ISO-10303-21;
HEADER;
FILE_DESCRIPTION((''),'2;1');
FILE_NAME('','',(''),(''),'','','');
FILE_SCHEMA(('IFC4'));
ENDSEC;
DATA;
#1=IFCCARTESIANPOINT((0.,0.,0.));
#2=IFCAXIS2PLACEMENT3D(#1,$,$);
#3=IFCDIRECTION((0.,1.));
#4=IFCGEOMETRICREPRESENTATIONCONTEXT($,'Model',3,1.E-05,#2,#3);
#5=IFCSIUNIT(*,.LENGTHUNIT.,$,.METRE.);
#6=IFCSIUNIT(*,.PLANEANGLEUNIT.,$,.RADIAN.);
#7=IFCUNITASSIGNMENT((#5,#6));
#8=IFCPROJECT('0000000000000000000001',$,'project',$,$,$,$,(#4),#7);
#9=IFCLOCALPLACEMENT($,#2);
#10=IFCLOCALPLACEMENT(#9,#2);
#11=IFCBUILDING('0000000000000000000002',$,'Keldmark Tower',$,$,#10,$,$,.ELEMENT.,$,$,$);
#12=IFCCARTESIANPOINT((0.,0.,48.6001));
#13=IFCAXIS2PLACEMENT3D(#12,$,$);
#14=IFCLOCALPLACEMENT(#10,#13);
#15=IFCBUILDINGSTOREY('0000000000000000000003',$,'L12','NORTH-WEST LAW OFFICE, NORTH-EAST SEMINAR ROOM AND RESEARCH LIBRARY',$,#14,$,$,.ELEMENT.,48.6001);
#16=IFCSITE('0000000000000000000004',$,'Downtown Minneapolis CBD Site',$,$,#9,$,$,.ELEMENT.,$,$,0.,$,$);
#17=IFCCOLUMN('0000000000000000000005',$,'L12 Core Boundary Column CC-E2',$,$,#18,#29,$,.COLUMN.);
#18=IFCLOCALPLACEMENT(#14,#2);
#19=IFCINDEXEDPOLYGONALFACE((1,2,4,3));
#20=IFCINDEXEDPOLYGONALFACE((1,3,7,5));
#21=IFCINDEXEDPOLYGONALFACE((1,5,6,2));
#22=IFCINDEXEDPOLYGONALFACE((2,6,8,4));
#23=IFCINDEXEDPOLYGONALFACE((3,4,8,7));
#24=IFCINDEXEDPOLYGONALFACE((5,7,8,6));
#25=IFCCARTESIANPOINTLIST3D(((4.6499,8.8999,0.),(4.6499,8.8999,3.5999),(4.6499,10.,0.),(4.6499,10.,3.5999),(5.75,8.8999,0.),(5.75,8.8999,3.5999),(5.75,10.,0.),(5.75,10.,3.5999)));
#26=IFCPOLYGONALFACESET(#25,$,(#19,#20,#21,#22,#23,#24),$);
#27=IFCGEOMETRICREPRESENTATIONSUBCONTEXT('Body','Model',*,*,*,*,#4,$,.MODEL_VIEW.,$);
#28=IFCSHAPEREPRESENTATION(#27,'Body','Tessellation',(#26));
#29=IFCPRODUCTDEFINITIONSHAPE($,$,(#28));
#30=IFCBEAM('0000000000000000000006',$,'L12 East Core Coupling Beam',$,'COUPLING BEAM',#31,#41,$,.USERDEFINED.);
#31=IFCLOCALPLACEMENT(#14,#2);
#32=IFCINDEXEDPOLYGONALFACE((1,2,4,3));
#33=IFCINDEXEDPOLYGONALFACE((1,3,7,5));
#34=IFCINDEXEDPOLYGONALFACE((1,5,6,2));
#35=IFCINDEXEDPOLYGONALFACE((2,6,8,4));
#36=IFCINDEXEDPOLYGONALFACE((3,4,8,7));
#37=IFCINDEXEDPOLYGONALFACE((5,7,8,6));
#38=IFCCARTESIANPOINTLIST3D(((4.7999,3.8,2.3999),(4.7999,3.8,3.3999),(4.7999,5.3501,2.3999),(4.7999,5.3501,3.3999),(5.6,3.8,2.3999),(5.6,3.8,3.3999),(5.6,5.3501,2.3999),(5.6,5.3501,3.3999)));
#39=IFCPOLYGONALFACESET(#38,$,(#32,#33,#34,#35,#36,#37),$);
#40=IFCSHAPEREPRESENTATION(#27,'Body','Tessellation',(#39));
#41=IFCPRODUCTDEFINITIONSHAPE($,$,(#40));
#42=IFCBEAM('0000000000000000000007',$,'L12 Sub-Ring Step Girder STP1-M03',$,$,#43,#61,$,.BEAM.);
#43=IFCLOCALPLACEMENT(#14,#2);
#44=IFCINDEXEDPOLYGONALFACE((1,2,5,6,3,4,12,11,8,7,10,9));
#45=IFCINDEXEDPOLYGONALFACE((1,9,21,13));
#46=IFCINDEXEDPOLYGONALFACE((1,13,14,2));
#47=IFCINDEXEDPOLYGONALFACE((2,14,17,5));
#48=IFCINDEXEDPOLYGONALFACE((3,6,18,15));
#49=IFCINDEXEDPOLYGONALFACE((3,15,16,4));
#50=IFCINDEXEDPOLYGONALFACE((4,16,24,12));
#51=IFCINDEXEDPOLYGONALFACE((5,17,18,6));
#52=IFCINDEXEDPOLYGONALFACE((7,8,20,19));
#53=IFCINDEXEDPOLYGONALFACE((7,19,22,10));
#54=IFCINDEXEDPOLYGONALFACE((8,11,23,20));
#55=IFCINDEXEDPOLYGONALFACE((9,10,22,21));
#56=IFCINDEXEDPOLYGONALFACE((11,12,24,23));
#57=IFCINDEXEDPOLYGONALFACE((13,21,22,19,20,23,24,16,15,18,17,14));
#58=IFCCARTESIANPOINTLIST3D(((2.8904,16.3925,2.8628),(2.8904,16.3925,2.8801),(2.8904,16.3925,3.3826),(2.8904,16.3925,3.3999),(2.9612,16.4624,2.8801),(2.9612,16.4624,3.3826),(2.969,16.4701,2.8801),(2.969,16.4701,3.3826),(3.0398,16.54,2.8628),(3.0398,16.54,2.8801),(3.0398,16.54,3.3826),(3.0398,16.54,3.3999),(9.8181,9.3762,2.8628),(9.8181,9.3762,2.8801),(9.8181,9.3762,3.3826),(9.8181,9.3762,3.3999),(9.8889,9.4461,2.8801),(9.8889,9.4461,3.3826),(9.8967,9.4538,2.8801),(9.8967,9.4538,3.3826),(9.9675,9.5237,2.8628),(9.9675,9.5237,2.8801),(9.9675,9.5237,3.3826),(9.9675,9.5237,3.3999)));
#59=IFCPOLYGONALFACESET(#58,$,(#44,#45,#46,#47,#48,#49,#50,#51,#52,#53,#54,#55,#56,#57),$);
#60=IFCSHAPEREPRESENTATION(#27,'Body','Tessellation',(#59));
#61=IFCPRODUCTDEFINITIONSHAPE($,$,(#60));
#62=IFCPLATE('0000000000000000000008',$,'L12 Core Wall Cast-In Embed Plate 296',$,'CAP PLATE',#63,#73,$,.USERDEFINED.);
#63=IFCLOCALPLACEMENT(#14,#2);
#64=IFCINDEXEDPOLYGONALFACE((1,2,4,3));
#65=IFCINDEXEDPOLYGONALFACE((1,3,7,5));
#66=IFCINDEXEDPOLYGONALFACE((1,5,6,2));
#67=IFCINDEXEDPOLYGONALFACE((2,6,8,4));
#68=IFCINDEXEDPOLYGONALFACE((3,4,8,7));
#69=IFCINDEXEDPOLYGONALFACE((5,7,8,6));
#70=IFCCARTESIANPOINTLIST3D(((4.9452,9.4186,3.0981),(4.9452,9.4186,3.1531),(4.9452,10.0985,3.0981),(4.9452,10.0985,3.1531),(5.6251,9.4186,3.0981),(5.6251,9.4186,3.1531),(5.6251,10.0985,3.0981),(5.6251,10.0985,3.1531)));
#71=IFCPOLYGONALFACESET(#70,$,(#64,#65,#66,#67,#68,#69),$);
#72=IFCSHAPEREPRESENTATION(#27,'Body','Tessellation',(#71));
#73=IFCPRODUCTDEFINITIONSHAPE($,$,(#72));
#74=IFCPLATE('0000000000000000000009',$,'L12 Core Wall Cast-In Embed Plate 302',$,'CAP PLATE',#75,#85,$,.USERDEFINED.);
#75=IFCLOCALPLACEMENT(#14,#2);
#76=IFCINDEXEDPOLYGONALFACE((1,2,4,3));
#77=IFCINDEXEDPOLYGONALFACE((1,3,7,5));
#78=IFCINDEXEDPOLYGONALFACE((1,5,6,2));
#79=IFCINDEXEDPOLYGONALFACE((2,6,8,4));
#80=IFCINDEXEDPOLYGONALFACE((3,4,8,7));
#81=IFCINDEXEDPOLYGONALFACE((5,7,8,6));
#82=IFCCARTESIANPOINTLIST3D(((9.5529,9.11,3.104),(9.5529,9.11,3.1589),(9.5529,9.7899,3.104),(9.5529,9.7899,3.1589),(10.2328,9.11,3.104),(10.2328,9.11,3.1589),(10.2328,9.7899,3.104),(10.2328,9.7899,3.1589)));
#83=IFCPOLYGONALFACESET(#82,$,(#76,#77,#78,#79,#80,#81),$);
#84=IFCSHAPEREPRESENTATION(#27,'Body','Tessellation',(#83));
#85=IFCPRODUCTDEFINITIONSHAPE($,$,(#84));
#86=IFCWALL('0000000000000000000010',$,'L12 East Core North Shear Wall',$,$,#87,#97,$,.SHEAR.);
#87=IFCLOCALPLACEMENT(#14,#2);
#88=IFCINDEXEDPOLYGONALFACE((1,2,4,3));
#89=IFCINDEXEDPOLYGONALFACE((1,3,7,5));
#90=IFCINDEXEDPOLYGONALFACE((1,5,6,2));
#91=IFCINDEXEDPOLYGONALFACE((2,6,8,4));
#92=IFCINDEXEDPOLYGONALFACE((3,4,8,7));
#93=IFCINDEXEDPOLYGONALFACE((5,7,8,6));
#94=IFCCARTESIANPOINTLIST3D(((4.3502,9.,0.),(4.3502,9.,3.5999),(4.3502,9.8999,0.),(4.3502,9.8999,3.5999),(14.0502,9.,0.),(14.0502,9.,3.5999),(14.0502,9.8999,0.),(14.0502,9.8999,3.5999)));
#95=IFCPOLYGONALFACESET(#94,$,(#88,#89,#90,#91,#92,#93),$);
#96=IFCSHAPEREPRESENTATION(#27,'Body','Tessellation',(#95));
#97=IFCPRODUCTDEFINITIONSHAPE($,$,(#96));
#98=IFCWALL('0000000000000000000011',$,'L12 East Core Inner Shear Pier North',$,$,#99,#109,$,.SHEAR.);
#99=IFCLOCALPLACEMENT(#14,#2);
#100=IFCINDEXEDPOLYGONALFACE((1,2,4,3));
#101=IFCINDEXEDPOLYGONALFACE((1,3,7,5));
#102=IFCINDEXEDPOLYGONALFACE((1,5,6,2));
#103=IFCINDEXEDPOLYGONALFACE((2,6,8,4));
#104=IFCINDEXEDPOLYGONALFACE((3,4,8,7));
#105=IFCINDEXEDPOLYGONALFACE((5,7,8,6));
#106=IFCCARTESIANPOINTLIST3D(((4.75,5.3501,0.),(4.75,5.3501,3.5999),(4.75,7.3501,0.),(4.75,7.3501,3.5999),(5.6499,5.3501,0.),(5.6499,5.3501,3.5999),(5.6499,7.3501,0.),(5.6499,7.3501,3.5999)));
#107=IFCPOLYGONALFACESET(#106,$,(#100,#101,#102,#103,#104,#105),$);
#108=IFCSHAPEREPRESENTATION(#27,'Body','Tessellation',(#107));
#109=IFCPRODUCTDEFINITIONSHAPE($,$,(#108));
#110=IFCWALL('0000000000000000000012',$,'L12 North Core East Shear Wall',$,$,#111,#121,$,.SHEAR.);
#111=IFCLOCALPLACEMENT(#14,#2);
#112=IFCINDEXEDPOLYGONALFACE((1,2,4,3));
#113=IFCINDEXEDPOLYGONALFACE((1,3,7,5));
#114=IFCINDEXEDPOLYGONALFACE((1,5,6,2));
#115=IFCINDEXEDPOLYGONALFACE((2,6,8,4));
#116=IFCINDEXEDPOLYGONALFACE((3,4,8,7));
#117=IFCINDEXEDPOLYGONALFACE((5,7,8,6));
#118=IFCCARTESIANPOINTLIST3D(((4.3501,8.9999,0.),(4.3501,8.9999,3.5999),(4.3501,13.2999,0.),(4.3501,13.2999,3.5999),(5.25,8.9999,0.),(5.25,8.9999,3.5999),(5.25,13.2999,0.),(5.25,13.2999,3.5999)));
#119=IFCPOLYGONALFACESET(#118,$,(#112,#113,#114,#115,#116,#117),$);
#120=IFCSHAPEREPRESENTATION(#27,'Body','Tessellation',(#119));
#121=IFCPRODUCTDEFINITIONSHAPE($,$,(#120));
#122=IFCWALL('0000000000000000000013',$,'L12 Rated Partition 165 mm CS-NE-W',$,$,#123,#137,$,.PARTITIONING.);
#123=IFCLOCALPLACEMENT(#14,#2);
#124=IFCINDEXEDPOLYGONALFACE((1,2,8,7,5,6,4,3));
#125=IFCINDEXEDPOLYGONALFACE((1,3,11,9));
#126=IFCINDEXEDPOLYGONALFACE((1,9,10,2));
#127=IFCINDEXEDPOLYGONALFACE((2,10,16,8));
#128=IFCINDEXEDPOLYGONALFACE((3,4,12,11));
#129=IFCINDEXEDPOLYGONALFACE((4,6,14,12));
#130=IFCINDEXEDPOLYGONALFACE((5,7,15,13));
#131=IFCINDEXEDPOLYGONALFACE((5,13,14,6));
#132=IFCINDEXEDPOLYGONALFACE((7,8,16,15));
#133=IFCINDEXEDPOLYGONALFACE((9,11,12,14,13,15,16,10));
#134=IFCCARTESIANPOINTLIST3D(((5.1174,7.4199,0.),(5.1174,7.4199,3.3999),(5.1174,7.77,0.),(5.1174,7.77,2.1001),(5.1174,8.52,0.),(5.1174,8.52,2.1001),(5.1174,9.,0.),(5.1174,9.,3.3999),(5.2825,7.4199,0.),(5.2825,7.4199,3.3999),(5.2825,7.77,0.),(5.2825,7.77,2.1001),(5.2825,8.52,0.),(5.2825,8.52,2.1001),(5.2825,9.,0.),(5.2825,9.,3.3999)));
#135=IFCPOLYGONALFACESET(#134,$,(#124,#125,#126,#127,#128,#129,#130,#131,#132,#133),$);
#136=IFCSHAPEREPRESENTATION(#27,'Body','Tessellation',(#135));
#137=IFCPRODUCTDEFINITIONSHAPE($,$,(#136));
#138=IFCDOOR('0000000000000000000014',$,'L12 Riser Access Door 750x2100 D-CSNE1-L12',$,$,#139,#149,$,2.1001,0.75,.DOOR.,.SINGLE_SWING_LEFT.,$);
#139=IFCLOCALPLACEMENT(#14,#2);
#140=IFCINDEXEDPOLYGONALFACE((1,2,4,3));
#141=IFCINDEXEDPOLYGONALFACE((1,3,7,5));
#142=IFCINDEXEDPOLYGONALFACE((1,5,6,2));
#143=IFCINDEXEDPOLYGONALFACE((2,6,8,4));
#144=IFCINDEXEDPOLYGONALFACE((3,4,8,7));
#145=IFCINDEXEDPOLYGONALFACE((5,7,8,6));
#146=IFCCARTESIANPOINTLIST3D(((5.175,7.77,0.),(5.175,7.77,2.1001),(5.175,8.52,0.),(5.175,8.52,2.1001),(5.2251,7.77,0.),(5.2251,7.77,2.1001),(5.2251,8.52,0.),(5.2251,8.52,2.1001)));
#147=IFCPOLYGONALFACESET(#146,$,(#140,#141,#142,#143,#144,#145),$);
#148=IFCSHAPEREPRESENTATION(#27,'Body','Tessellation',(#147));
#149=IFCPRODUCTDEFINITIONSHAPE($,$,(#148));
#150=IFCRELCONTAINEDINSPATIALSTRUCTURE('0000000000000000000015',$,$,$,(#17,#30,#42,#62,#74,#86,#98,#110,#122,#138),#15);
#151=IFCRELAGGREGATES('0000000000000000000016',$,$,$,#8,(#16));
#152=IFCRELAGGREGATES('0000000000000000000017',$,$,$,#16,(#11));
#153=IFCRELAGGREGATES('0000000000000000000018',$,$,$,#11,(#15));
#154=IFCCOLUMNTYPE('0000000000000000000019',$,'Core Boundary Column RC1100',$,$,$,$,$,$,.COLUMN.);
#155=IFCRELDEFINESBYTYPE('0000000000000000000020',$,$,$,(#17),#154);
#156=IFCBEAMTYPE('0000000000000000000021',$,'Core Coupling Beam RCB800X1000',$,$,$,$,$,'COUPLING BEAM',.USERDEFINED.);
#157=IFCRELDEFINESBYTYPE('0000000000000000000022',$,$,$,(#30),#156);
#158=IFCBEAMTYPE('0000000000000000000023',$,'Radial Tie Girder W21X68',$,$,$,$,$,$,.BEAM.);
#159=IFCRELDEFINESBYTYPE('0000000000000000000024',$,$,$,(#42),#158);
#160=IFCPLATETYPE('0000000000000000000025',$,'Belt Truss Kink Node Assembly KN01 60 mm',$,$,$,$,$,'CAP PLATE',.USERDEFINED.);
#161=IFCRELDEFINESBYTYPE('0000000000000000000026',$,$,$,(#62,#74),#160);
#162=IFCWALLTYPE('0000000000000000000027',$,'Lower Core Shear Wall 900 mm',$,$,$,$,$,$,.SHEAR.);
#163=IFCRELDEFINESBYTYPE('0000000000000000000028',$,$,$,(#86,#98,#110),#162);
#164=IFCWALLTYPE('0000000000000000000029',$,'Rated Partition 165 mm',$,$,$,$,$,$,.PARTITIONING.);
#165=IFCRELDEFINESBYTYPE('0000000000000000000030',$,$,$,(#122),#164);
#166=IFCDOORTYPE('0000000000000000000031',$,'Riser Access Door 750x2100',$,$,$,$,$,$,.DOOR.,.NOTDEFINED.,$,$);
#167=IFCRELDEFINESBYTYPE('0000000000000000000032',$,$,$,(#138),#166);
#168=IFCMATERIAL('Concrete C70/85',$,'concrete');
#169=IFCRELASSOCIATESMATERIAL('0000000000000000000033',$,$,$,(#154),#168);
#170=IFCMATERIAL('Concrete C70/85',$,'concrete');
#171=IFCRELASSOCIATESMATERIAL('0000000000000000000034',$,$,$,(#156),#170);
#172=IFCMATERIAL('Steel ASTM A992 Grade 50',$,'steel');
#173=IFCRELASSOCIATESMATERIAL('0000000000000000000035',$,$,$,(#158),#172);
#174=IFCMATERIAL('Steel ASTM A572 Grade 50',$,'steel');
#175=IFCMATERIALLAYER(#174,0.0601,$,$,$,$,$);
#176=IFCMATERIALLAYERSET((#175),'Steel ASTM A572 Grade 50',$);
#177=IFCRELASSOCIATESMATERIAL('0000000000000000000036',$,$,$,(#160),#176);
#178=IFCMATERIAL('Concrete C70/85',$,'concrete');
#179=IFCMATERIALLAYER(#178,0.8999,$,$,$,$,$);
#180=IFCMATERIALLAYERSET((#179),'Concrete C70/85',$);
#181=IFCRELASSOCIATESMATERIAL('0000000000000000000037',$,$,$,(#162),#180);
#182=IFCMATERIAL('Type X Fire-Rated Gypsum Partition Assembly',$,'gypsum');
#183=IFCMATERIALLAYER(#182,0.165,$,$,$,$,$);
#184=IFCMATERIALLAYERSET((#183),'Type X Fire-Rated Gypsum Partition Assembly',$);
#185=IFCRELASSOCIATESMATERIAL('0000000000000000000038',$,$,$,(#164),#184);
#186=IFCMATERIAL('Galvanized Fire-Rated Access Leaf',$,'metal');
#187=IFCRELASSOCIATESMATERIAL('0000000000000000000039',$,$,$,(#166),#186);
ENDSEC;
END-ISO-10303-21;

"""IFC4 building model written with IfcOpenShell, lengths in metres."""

from ifc_helpers import new_model, si_unit, direction, frame, frame_2d, origin, origin_2d, place, context, subcontext, project, spatial, rectangle, i_section, extrude, material, layer, layer_set, material_profile, profile_set, type_object, element, fill, save


model = new_model("IFC4")

# Units and contexts
model_context = context("Model", 3, precision=1e-05, world=origin(), true_north=direction((0.0, 1.0)))
body_context = subcontext(model_context, "Body", "Model", "MODEL_VIEW")
ifc_project = project(units=[si_unit("LENGTHUNIT", "METRE"), si_unit("PLANEANGLEUNIT", "RADIAN")], contexts=[model_context])

# Site, building, storey
site_placement = place(None, origin())
site = spatial("IfcSite", under=ifc_project, at=site_placement, Name="Downtown Minneapolis CBD Site", CompositionType="ELEMENT", RefElevation=0.0)
building_placement = place(site_placement, origin())
building = spatial("IfcBuilding", under=site, at=building_placement, Name="Keldmark Tower", CompositionType="ELEMENT")
storey_placement = place(building_placement, frame((0.0, 0.0, 48.6001)))
storey = spatial("IfcBuildingStorey", under=building, at=storey_placement, Name="L12", Description="NORTH-WEST LAW OFFICE, NORTH-EAST SEMINAR ROOM AND RESEARCH LIBRARY", CompositionType="ELEMENT", Elevation=48.6001)

# Column
ifc_material_1 = material(Name="Concrete C70/85", Category="concrete")
ifc_material_profile_1 = material_profile(ifc_material_1, rectangle(XDim=1.1001, YDim=1.1001, at=origin_2d()), Name="RC1100X1100")
ifc_profile_set_1 = profile_set([ifc_material_profile_1], Name="Concrete C70/85")
column_type = type_object("IfcColumnType", Name="Core Boundary Column RC1100", PredefinedType="COLUMN", material=ifc_profile_set_1)
column_placement = place(storey_placement, frame((5.2, 9.45, 0.0), z_axis=(0.0, 0.0, 1.0), x_axis=(1.0, 0.0, 0.0)))
element("IfcColumn", 1, at=column_placement, inside=storey, type_object=column_type, Name="L12 Core Boundary Column CC-E2", PredefinedType="COLUMN", context=body_context, shape_type="SweptSolid", body=[
    extrude(rectangle(XDim=1.1001, YDim=1.1001, at=origin_2d()), origin(), (0.0, 0.0, 1.0), 3.5999),
])

# Beams
ifc_material_2 = material(Name="Concrete C70/85", Category="concrete")
ifc_material_profile_2 = material_profile(ifc_material_2, rectangle(XDim=0.8, YDim=1.0, at=origin_2d()), Name="RCB800X1000")
ifc_profile_set_2 = profile_set([ifc_material_profile_2], Name="Concrete C70/85")
beam_type_1 = type_object("IfcBeamType", Name="Core Coupling Beam RCB800X1000", ElementType="COUPLING BEAM", PredefinedType="USERDEFINED", material=ifc_profile_set_2)
beam_1_placement = place(storey_placement, frame((5.2, 3.8, 2.8999), z_axis=(0.0, 1.0, 0.0), x_axis=(-1.0, 0.0, 0.0)))
element("IfcBeam", 2, at=beam_1_placement, inside=storey, type_object=beam_type_1, Name="L12 East Core Coupling Beam", ObjectType="COUPLING BEAM", PredefinedType="USERDEFINED", context=body_context, shape_type="SweptSolid", body=[
    extrude(rectangle(XDim=0.8, YDim=1.0, at=origin_2d()), origin(), (0.0, 0.0, 1.0), 1.55),
])
ifc_material_3 = material(Name="Steel ASTM A992 Grade 50", Category="steel")
ifc_material_profile_3 = material_profile(ifc_material_3, i_section(OverallWidth=0.21, OverallDepth=0.5371, WebThickness=0.011, FlangeThickness=0.0173, at=origin_2d()), Name="W21X68")
ifc_profile_set_3 = profile_set([ifc_material_profile_3], Name="Steel ASTM A992 Grade 50")
beam_type_2 = type_object("IfcBeamType", Name="Radial Tie Girder W21X68", PredefinedType="BEAM", material=ifc_profile_set_3)
beam_2_placement = place(storey_placement, frame((9.8928, 9.45, 3.1313), z_axis=(-0.702599, 0.711586, 0.0), x_axis=(-0.711586, -0.702599, 0.0)))
element("IfcBeam", 3, at=beam_2_placement, inside=storey, type_object=beam_type_2, Name="L12 Sub-Ring Step Girder STP1-M03", PredefinedType="BEAM", context=body_context, shape_type="SweptSolid", body=[
    extrude(i_section(OverallWidth=0.21, OverallDepth=0.5371, WebThickness=0.011, FlangeThickness=0.0173, at=origin_2d()), origin(), (0.0, 0.0, 1.0), 9.8601),
])

# Plates
ifc_material_4 = material(Name="Steel ASTM A572 Grade 50", Category="steel")
ifc_layer_1 = layer(ifc_material_4, 0.0601)
ifc_layer_set_1 = layer_set([ifc_layer_1], Name="Steel ASTM A572 Grade 50")
plate_type = type_object("IfcPlateType", Name="Belt Truss Kink Node Assembly KN01 60 mm", ElementType="CAP PLATE", PredefinedType="USERDEFINED", material=ifc_layer_set_1)
for number, where, z_axis, x_axis, name in (
    (4, (5.2852, 9.7585, 3.0981), (0.0, 0.0, 1.0), (1.0, 0.0, 0.0), "L12 Core Wall Cast-In Embed Plate 296"),
    (5, (9.8928, 9.45, 3.104), (0.0, 0.0, 1.0), (1.0, 0.0, 0.0), "L12 Core Wall Cast-In Embed Plate 302"),
):
    element("IfcPlate", number, at=place(storey_placement, frame(where, z_axis=z_axis, x_axis=x_axis)), inside=storey, type_object=plate_type, Name=name, ObjectType="CAP PLATE", PredefinedType="USERDEFINED", context=body_context, shape_type="SweptSolid", body=[
        extrude(rectangle(XDim=0.6799, YDim=0.6799, at=origin_2d()), origin(), (0.0, 0.0, 1.0), 0.0549),
    ])

# Walls
ifc_material_5 = material(Name="Concrete C70/85", Category="concrete")
ifc_layer_2 = layer(ifc_material_5, 0.8999)
ifc_layer_set_2 = layer_set([ifc_layer_2], Name="Concrete C70/85")
wall_type_1 = type_object("IfcWallType", Name="Lower Core Shear Wall 900 mm", PredefinedType="SHEAR", material=ifc_layer_set_2)
wall_1_placement = place(storey_placement, frame((4.3501, 9.45, 0.0), z_axis=(0.0, 0.0, 1.0), x_axis=(1.0, 0.0, 0.0)))
element("IfcWall", 6, at=wall_1_placement, inside=storey, type_object=wall_type_1, Name="L12 East Core North Shear Wall", PredefinedType="SHEAR", context=body_context, shape_type="SweptSolid", body=[
    extrude(rectangle(XDim=9.7, YDim=0.8999, at=frame_2d((4.8501, 0.0))), origin(), (0.0, 0.0, 1.0), 3.5999),
])
wall_2_placement = place(storey_placement, frame((5.2, 5.3501, 0.0), z_axis=(0.0, 0.0, 1.0), x_axis=(0.0, 1.0, 0.0)))
element("IfcWall", 7, at=wall_2_placement, inside=storey, type_object=wall_type_1, Name="L12 East Core Inner Shear Pier North", PredefinedType="SHEAR", context=body_context, shape_type="SweptSolid", body=[
    extrude(rectangle(XDim=2.0, YDim=0.8999, at=frame_2d((1.0, 0.0))), origin(), (0.0, 0.0, 1.0), 3.5999),
])
wall_3_placement = place(storey_placement, frame((4.8, 9.0, 0.0), z_axis=(0.0, 0.0, 1.0), x_axis=(0.0, 1.0, 0.0)))
element("IfcWall", 8, at=wall_3_placement, inside=storey, type_object=wall_type_1, Name="L12 North Core East Shear Wall", PredefinedType="SHEAR", context=body_context, shape_type="SweptSolid", body=[
    extrude(rectangle(XDim=4.3, YDim=0.8999, at=frame_2d((2.1499, 0.0))), origin(), (0.0, 0.0, 1.0), 3.5999),
])

# Wall, opening, door
ifc_material_6 = material(Name="Type X Fire-Rated Gypsum Partition Assembly", Category="gypsum")
ifc_layer_3 = layer(ifc_material_6, 0.165)
ifc_layer_set_3 = layer_set([ifc_layer_3], Name="Type X Fire-Rated Gypsum Partition Assembly")
wall_type_2 = type_object("IfcWallType", Name="Rated Partition 165 mm", PredefinedType="PARTITIONING", material=ifc_layer_set_3)
wall_4_placement = place(storey_placement, frame((5.2, 7.4199, 0.0), z_axis=(0.0, 0.0, 1.0), x_axis=(0.0, 1.0, 0.0)))
wall_4 = element("IfcWall", 9, at=wall_4_placement, inside=storey, type_object=wall_type_2, Name="L12 Rated Partition 165 mm CS-NE-W", PredefinedType="PARTITIONING", context=body_context, shape_type="SweptSolid", body=[
    extrude(rectangle(XDim=1.5801, YDim=0.165, at=frame_2d((0.79, 0.0))), origin(), (0.0, 0.0, 1.0), 3.3999),
])
opening_1_placement = place(wall_4_placement, frame((0.3501, 0.0, 0.0)))
opening_1 = element("IfcOpeningElement", 10, at=opening_1_placement, cuts=wall_4, PredefinedType="OPENING", context=body_context, shape_type="SweptSolid", body=[
    extrude(rectangle(XDim=0.75, YDim=2.1001, at=frame_2d((0.375, 1.05))), frame((0.0, 0.0925, 0.0), z_axis=(0.0, -1.0, 0.0), x_axis=(1.0, 0.0, 0.0)), (0.0, 0.0, 1.0), 0.1851),
])
ifc_material_7 = material(Name="Galvanized Fire-Rated Access Leaf", Category="metal")
door_type_1 = type_object("IfcDoorType", Name="Riser Access Door 750x2100", OperationType="NOTDEFINED", PredefinedType="DOOR", material=ifc_material_7)
door_1_placement = place(opening_1_placement, origin())
door_1 = element("IfcDoor", 11, at=door_1_placement, inside=storey, type_object=door_type_1, Name="L12 Riser Access Door 750x2100 D-CSNE1-L12", OperationType="SINGLE_SWING_LEFT", OverallHeight=2.1001, OverallWidth=0.75, PredefinedType="DOOR", context=body_context, shape_type="SweptSolid", body=[
    extrude(rectangle(XDim=0.75, YDim=2.1001, at=frame_2d((0.375, 1.05))), frame((0.0, 0.0249, 0.0), z_axis=(0.0, -1.0, 0.0), x_axis=(1.0, 0.0, 0.0)), (0.0, 0.0, 1.0), 0.05),
])
fill(opening_1, door_1)

save(model, "model.ifc")
